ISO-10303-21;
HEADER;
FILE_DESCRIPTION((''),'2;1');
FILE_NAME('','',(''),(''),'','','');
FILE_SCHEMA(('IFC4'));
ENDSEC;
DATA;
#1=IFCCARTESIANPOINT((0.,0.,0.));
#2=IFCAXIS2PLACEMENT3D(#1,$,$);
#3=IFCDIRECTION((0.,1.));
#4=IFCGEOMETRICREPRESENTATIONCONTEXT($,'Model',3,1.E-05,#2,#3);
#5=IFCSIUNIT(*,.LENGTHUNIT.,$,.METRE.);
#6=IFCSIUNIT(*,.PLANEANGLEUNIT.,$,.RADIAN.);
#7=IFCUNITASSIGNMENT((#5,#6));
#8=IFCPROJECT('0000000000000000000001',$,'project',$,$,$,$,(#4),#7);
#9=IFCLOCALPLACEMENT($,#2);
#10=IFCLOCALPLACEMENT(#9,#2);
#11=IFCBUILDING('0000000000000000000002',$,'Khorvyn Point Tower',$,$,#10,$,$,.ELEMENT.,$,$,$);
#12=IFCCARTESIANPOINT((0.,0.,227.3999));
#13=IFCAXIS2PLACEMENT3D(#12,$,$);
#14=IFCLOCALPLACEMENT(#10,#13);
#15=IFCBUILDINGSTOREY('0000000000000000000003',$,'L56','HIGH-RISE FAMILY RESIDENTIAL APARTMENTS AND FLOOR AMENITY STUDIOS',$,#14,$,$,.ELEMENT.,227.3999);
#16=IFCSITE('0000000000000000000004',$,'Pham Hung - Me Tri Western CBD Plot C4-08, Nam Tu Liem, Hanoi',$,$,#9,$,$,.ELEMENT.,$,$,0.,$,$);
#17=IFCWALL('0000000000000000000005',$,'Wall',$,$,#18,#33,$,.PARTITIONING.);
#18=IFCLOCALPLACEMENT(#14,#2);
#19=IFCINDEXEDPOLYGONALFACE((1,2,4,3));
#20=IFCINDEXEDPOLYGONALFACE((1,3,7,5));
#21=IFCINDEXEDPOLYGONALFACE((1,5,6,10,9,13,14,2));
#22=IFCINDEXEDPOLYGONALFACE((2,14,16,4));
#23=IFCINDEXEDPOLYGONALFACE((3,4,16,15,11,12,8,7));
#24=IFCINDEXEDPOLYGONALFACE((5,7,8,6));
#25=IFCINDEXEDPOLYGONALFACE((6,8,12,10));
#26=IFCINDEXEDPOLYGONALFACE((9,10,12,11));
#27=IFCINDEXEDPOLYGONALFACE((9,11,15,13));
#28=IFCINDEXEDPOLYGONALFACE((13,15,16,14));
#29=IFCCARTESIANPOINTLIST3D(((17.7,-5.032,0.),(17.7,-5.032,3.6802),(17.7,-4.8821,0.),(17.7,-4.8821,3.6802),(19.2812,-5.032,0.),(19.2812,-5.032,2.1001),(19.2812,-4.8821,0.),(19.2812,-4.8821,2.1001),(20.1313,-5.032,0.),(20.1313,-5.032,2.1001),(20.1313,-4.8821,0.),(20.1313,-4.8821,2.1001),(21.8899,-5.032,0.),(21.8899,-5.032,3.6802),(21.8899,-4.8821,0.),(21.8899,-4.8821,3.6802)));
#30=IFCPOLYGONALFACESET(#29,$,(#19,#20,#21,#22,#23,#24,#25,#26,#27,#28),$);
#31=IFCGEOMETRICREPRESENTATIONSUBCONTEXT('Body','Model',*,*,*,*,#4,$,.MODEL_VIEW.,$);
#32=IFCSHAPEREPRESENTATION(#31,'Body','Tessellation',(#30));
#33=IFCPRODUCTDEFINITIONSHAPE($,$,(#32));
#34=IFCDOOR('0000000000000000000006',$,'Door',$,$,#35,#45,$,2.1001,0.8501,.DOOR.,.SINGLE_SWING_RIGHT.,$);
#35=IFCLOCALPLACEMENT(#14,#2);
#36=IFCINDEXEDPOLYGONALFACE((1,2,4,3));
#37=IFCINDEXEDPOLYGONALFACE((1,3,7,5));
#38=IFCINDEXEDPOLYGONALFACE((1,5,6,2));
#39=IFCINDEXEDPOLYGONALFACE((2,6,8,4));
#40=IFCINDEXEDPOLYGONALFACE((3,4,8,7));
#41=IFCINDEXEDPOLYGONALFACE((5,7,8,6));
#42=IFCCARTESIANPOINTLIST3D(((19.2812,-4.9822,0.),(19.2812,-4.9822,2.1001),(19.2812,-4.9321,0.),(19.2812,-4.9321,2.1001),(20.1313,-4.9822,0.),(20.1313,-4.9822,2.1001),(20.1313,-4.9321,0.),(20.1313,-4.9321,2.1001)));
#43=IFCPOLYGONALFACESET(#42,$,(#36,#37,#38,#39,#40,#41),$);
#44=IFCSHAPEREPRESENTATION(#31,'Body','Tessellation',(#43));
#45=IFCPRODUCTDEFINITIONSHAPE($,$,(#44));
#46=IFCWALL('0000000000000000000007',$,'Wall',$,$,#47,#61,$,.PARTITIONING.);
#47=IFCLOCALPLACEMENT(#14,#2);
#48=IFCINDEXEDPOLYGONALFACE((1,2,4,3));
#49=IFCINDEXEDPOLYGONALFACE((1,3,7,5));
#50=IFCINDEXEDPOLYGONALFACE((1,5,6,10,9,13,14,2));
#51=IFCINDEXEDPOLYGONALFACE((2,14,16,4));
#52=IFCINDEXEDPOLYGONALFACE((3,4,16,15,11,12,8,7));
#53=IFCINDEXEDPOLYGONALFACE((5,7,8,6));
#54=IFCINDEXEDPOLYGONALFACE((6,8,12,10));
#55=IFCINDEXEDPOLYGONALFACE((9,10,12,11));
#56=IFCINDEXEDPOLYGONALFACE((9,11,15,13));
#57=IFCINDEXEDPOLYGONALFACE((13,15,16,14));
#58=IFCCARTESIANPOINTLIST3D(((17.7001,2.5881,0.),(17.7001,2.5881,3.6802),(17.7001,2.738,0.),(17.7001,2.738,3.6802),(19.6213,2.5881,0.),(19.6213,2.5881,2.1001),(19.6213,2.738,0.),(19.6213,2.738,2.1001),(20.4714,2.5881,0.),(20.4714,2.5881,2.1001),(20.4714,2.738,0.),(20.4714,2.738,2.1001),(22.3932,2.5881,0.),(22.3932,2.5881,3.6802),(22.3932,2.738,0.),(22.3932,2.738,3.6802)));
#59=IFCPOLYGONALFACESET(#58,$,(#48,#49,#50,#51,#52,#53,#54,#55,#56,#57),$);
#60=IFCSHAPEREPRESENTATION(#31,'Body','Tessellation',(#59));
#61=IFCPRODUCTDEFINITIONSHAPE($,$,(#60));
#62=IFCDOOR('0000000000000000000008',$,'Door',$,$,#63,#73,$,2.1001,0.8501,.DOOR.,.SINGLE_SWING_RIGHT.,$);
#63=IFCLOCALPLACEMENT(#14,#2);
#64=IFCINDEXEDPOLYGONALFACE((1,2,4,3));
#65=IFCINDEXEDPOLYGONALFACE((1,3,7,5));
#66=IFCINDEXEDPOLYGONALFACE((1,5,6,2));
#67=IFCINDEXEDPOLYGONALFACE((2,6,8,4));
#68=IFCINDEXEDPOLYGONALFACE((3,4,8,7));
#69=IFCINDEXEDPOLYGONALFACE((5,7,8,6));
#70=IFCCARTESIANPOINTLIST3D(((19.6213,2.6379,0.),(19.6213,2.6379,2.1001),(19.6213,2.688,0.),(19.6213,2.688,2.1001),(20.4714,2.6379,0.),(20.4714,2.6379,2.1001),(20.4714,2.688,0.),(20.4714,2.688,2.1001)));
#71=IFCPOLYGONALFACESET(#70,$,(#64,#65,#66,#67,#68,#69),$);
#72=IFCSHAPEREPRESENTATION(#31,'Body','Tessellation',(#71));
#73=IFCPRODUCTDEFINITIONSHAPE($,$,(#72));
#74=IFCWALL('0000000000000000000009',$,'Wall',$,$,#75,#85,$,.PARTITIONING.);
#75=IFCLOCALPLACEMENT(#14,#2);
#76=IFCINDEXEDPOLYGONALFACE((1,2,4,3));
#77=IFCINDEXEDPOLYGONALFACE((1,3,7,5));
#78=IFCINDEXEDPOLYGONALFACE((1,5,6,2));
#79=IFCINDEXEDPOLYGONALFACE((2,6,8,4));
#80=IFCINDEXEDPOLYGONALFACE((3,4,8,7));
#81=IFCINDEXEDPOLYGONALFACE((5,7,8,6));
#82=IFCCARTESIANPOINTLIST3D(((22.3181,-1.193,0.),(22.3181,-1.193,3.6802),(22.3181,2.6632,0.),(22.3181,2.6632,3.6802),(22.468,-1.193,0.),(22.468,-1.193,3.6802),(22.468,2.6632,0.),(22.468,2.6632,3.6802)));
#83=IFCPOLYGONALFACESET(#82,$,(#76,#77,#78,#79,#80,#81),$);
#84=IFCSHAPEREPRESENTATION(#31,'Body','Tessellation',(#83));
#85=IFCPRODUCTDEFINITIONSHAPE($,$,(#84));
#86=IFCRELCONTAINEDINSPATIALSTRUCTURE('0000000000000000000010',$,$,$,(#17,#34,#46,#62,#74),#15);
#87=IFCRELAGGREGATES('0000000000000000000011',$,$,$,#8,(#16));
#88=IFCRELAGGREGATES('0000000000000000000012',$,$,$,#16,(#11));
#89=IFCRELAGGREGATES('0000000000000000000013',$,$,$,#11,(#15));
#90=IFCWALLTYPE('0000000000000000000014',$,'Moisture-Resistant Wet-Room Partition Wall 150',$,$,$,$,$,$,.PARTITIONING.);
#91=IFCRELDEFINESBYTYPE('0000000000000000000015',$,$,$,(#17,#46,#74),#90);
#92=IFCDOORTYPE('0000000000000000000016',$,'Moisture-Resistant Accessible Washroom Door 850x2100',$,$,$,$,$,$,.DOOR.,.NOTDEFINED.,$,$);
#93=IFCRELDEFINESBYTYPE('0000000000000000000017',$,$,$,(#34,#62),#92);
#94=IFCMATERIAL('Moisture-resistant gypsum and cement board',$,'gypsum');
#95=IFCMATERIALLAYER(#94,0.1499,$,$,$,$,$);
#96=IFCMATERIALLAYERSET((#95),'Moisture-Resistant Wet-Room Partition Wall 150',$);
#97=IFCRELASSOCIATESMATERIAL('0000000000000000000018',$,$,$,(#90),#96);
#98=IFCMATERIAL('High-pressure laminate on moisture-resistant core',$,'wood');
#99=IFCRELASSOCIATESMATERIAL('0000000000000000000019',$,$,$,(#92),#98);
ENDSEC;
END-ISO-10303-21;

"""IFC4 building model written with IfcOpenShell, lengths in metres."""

from ifc_helpers import new_model, si_unit, direction, frame, frame_2d, origin, place, context, subcontext, project, spatial, rectangle, extrude, material, layer, layer_set, type_object, element, fill, save


model = new_model("IFC4")

# Units and contexts
model_context = context("Model", 3, precision=1e-05, world=origin(), true_north=direction((0.0, 1.0)))
body_context = subcontext(model_context, "Body", "Model", "MODEL_VIEW")
ifc_project = project(units=[si_unit("LENGTHUNIT", "METRE"), si_unit("PLANEANGLEUNIT", "RADIAN")], contexts=[model_context])

# Site, building, storey
site_placement = place(None, origin())
site = spatial("IfcSite", under=ifc_project, at=site_placement, Name="Pham Hung - Me Tri Western CBD Plot C4-08, Nam Tu Liem, Hanoi", CompositionType="ELEMENT", RefElevation=0.0)
building_placement = place(site_placement, origin())
building = spatial("IfcBuilding", under=site, at=building_placement, Name="Khorvyn Point Tower", CompositionType="ELEMENT")
storey_placement = place(building_placement, frame((0.0, 0.0, 227.3999)))
storey = spatial("IfcBuildingStorey", under=building, at=storey_placement, Name="L56", Description="HIGH-RISE FAMILY RESIDENTIAL APARTMENTS AND FLOOR AMENITY STUDIOS", CompositionType="ELEMENT", Elevation=227.3999)

# Walls, openings, doors
ifc_material_1 = material(Name="Moisture-resistant gypsum and cement board", Category="gypsum")
ifc_layer_1 = layer(ifc_material_1, 0.1499)
ifc_layer_set_1 = layer_set([ifc_layer_1], Name="Moisture-Resistant Wet-Room Partition Wall 150")
wall_type_1 = type_object("IfcWallType", Name="Moisture-Resistant Wet-Room Partition Wall 150", PredefinedType="PARTITIONING", material=ifc_layer_set_1)
wall_1_placement = place(storey_placement, frame((17.7, -4.957, 0.0), z_axis=(0.0, 0.0, 1.0), x_axis=(1.0, 0.0, 0.0)))
wall_1 = element("IfcWall", 1, at=wall_1_placement, inside=storey, type_object=wall_type_1, Name="Wall", PredefinedType="PARTITIONING", context=body_context, shape_type="SweptSolid", body=[
    extrude(rectangle(XDim=4.1899, YDim=0.1499, at=frame_2d((2.095, 0.0))), origin(), (0.0, 0.0, 1.0), 3.6802),
])
opening_1_placement = place(wall_1_placement, frame((1.5813, 0.0, 0.0)))
opening_1 = element("IfcOpeningElement", 2, at=opening_1_placement, cuts=wall_1, PredefinedType="OPENING", context=body_context, shape_type="SweptSolid", body=[
    extrude(rectangle(XDim=0.8501, YDim=2.1001, at=frame_2d((0.425, 1.05))), frame((0.0, 0.085, 0.0), z_axis=(0.0, -1.0, 0.0), x_axis=(1.0, 0.0, 0.0)), (0.0, 0.0, 1.0), 0.1699),
])
ifc_material_2 = material(Name="High-pressure laminate on moisture-resistant core", Category="wood")
door_type_1 = type_object("IfcDoorType", Name="Moisture-Resistant Accessible Washroom Door 850x2100", OperationType="NOTDEFINED", PredefinedType="DOOR", material=ifc_material_2)
door_1_placement = place(opening_1_placement, origin())
door_1 = element("IfcDoor", 3, at=door_1_placement, inside=storey, type_object=door_type_1, Name="Door", OperationType="SINGLE_SWING_RIGHT", OverallHeight=2.1001, OverallWidth=0.8501, PredefinedType="DOOR", context=body_context, shape_type="SweptSolid", body=[
    extrude(rectangle(XDim=0.8501, YDim=2.1001, at=frame_2d((0.425, 1.05))), frame((0.0, 0.0249, 0.0), z_axis=(0.0, -1.0, 0.0), x_axis=(1.0, 0.0, 0.0)), (0.0, 0.0, 1.0), 0.05),
])
fill(opening_1, door_1)
wall_2_placement = place(storey_placement, frame((17.7, 2.6631, 0.0), z_axis=(0.0, 0.0, 1.0), x_axis=(1.0, 0.0, 0.0)))
wall_2 = element("IfcWall", 4, at=wall_2_placement, inside=storey, type_object=wall_type_1, Name="Wall", PredefinedType="PARTITIONING", context=body_context, shape_type="SweptSolid", body=[
    extrude(rectangle(XDim=4.6931, YDim=0.1499, at=frame_2d((2.3467, 0.0))), origin(), (0.0, 0.0, 1.0), 3.6802),
])
opening_2_placement = place(wall_2_placement, frame((1.9214, 0.0, 0.0)))
opening_2 = element("IfcOpeningElement", 5, at=opening_2_placement, cuts=wall_2, PredefinedType="OPENING", context=body_context, shape_type="SweptSolid", body=[
    extrude(rectangle(XDim=0.8501, YDim=2.1001, at=frame_2d((0.425, 1.05))), frame((0.0, 0.085, 0.0), z_axis=(0.0, -1.0, 0.0), x_axis=(1.0, 0.0, 0.0)), (0.0, 0.0, 1.0), 0.1699),
])
door_2_placement = place(opening_2_placement, origin())
door_2 = element("IfcDoor", 6, at=door_2_placement, inside=storey, type_object=door_type_1, Name="Door", OperationType="SINGLE_SWING_RIGHT", OverallHeight=2.1001, OverallWidth=0.8501, PredefinedType="DOOR", context=body_context, shape_type="SweptSolid", body=[
    extrude(rectangle(XDim=0.8501, YDim=2.1001, at=frame_2d((0.425, 1.05))), frame((0.0, 0.0249, 0.0), z_axis=(0.0, -1.0, 0.0), x_axis=(1.0, 0.0, 0.0)), (0.0, 0.0, 1.0), 0.05),
])
fill(opening_2, door_2)

# Wall
wall_3_placement = place(storey_placement, frame((22.3931, -1.1931, 0.0), z_axis=(0.0, 0.0, 1.0), x_axis=(0.0, 1.0, 0.0)))
element("IfcWall", 7, at=wall_3_placement, inside=storey, type_object=wall_type_1, Name="Wall", PredefinedType="PARTITIONING", context=body_context, shape_type="SweptSolid", body=[
    extrude(rectangle(XDim=3.8562, YDim=0.1499, at=frame_2d((1.9282, 0.0))), origin(), (0.0, 0.0, 1.0), 3.6802),
])

save(model, "model.ifc")
